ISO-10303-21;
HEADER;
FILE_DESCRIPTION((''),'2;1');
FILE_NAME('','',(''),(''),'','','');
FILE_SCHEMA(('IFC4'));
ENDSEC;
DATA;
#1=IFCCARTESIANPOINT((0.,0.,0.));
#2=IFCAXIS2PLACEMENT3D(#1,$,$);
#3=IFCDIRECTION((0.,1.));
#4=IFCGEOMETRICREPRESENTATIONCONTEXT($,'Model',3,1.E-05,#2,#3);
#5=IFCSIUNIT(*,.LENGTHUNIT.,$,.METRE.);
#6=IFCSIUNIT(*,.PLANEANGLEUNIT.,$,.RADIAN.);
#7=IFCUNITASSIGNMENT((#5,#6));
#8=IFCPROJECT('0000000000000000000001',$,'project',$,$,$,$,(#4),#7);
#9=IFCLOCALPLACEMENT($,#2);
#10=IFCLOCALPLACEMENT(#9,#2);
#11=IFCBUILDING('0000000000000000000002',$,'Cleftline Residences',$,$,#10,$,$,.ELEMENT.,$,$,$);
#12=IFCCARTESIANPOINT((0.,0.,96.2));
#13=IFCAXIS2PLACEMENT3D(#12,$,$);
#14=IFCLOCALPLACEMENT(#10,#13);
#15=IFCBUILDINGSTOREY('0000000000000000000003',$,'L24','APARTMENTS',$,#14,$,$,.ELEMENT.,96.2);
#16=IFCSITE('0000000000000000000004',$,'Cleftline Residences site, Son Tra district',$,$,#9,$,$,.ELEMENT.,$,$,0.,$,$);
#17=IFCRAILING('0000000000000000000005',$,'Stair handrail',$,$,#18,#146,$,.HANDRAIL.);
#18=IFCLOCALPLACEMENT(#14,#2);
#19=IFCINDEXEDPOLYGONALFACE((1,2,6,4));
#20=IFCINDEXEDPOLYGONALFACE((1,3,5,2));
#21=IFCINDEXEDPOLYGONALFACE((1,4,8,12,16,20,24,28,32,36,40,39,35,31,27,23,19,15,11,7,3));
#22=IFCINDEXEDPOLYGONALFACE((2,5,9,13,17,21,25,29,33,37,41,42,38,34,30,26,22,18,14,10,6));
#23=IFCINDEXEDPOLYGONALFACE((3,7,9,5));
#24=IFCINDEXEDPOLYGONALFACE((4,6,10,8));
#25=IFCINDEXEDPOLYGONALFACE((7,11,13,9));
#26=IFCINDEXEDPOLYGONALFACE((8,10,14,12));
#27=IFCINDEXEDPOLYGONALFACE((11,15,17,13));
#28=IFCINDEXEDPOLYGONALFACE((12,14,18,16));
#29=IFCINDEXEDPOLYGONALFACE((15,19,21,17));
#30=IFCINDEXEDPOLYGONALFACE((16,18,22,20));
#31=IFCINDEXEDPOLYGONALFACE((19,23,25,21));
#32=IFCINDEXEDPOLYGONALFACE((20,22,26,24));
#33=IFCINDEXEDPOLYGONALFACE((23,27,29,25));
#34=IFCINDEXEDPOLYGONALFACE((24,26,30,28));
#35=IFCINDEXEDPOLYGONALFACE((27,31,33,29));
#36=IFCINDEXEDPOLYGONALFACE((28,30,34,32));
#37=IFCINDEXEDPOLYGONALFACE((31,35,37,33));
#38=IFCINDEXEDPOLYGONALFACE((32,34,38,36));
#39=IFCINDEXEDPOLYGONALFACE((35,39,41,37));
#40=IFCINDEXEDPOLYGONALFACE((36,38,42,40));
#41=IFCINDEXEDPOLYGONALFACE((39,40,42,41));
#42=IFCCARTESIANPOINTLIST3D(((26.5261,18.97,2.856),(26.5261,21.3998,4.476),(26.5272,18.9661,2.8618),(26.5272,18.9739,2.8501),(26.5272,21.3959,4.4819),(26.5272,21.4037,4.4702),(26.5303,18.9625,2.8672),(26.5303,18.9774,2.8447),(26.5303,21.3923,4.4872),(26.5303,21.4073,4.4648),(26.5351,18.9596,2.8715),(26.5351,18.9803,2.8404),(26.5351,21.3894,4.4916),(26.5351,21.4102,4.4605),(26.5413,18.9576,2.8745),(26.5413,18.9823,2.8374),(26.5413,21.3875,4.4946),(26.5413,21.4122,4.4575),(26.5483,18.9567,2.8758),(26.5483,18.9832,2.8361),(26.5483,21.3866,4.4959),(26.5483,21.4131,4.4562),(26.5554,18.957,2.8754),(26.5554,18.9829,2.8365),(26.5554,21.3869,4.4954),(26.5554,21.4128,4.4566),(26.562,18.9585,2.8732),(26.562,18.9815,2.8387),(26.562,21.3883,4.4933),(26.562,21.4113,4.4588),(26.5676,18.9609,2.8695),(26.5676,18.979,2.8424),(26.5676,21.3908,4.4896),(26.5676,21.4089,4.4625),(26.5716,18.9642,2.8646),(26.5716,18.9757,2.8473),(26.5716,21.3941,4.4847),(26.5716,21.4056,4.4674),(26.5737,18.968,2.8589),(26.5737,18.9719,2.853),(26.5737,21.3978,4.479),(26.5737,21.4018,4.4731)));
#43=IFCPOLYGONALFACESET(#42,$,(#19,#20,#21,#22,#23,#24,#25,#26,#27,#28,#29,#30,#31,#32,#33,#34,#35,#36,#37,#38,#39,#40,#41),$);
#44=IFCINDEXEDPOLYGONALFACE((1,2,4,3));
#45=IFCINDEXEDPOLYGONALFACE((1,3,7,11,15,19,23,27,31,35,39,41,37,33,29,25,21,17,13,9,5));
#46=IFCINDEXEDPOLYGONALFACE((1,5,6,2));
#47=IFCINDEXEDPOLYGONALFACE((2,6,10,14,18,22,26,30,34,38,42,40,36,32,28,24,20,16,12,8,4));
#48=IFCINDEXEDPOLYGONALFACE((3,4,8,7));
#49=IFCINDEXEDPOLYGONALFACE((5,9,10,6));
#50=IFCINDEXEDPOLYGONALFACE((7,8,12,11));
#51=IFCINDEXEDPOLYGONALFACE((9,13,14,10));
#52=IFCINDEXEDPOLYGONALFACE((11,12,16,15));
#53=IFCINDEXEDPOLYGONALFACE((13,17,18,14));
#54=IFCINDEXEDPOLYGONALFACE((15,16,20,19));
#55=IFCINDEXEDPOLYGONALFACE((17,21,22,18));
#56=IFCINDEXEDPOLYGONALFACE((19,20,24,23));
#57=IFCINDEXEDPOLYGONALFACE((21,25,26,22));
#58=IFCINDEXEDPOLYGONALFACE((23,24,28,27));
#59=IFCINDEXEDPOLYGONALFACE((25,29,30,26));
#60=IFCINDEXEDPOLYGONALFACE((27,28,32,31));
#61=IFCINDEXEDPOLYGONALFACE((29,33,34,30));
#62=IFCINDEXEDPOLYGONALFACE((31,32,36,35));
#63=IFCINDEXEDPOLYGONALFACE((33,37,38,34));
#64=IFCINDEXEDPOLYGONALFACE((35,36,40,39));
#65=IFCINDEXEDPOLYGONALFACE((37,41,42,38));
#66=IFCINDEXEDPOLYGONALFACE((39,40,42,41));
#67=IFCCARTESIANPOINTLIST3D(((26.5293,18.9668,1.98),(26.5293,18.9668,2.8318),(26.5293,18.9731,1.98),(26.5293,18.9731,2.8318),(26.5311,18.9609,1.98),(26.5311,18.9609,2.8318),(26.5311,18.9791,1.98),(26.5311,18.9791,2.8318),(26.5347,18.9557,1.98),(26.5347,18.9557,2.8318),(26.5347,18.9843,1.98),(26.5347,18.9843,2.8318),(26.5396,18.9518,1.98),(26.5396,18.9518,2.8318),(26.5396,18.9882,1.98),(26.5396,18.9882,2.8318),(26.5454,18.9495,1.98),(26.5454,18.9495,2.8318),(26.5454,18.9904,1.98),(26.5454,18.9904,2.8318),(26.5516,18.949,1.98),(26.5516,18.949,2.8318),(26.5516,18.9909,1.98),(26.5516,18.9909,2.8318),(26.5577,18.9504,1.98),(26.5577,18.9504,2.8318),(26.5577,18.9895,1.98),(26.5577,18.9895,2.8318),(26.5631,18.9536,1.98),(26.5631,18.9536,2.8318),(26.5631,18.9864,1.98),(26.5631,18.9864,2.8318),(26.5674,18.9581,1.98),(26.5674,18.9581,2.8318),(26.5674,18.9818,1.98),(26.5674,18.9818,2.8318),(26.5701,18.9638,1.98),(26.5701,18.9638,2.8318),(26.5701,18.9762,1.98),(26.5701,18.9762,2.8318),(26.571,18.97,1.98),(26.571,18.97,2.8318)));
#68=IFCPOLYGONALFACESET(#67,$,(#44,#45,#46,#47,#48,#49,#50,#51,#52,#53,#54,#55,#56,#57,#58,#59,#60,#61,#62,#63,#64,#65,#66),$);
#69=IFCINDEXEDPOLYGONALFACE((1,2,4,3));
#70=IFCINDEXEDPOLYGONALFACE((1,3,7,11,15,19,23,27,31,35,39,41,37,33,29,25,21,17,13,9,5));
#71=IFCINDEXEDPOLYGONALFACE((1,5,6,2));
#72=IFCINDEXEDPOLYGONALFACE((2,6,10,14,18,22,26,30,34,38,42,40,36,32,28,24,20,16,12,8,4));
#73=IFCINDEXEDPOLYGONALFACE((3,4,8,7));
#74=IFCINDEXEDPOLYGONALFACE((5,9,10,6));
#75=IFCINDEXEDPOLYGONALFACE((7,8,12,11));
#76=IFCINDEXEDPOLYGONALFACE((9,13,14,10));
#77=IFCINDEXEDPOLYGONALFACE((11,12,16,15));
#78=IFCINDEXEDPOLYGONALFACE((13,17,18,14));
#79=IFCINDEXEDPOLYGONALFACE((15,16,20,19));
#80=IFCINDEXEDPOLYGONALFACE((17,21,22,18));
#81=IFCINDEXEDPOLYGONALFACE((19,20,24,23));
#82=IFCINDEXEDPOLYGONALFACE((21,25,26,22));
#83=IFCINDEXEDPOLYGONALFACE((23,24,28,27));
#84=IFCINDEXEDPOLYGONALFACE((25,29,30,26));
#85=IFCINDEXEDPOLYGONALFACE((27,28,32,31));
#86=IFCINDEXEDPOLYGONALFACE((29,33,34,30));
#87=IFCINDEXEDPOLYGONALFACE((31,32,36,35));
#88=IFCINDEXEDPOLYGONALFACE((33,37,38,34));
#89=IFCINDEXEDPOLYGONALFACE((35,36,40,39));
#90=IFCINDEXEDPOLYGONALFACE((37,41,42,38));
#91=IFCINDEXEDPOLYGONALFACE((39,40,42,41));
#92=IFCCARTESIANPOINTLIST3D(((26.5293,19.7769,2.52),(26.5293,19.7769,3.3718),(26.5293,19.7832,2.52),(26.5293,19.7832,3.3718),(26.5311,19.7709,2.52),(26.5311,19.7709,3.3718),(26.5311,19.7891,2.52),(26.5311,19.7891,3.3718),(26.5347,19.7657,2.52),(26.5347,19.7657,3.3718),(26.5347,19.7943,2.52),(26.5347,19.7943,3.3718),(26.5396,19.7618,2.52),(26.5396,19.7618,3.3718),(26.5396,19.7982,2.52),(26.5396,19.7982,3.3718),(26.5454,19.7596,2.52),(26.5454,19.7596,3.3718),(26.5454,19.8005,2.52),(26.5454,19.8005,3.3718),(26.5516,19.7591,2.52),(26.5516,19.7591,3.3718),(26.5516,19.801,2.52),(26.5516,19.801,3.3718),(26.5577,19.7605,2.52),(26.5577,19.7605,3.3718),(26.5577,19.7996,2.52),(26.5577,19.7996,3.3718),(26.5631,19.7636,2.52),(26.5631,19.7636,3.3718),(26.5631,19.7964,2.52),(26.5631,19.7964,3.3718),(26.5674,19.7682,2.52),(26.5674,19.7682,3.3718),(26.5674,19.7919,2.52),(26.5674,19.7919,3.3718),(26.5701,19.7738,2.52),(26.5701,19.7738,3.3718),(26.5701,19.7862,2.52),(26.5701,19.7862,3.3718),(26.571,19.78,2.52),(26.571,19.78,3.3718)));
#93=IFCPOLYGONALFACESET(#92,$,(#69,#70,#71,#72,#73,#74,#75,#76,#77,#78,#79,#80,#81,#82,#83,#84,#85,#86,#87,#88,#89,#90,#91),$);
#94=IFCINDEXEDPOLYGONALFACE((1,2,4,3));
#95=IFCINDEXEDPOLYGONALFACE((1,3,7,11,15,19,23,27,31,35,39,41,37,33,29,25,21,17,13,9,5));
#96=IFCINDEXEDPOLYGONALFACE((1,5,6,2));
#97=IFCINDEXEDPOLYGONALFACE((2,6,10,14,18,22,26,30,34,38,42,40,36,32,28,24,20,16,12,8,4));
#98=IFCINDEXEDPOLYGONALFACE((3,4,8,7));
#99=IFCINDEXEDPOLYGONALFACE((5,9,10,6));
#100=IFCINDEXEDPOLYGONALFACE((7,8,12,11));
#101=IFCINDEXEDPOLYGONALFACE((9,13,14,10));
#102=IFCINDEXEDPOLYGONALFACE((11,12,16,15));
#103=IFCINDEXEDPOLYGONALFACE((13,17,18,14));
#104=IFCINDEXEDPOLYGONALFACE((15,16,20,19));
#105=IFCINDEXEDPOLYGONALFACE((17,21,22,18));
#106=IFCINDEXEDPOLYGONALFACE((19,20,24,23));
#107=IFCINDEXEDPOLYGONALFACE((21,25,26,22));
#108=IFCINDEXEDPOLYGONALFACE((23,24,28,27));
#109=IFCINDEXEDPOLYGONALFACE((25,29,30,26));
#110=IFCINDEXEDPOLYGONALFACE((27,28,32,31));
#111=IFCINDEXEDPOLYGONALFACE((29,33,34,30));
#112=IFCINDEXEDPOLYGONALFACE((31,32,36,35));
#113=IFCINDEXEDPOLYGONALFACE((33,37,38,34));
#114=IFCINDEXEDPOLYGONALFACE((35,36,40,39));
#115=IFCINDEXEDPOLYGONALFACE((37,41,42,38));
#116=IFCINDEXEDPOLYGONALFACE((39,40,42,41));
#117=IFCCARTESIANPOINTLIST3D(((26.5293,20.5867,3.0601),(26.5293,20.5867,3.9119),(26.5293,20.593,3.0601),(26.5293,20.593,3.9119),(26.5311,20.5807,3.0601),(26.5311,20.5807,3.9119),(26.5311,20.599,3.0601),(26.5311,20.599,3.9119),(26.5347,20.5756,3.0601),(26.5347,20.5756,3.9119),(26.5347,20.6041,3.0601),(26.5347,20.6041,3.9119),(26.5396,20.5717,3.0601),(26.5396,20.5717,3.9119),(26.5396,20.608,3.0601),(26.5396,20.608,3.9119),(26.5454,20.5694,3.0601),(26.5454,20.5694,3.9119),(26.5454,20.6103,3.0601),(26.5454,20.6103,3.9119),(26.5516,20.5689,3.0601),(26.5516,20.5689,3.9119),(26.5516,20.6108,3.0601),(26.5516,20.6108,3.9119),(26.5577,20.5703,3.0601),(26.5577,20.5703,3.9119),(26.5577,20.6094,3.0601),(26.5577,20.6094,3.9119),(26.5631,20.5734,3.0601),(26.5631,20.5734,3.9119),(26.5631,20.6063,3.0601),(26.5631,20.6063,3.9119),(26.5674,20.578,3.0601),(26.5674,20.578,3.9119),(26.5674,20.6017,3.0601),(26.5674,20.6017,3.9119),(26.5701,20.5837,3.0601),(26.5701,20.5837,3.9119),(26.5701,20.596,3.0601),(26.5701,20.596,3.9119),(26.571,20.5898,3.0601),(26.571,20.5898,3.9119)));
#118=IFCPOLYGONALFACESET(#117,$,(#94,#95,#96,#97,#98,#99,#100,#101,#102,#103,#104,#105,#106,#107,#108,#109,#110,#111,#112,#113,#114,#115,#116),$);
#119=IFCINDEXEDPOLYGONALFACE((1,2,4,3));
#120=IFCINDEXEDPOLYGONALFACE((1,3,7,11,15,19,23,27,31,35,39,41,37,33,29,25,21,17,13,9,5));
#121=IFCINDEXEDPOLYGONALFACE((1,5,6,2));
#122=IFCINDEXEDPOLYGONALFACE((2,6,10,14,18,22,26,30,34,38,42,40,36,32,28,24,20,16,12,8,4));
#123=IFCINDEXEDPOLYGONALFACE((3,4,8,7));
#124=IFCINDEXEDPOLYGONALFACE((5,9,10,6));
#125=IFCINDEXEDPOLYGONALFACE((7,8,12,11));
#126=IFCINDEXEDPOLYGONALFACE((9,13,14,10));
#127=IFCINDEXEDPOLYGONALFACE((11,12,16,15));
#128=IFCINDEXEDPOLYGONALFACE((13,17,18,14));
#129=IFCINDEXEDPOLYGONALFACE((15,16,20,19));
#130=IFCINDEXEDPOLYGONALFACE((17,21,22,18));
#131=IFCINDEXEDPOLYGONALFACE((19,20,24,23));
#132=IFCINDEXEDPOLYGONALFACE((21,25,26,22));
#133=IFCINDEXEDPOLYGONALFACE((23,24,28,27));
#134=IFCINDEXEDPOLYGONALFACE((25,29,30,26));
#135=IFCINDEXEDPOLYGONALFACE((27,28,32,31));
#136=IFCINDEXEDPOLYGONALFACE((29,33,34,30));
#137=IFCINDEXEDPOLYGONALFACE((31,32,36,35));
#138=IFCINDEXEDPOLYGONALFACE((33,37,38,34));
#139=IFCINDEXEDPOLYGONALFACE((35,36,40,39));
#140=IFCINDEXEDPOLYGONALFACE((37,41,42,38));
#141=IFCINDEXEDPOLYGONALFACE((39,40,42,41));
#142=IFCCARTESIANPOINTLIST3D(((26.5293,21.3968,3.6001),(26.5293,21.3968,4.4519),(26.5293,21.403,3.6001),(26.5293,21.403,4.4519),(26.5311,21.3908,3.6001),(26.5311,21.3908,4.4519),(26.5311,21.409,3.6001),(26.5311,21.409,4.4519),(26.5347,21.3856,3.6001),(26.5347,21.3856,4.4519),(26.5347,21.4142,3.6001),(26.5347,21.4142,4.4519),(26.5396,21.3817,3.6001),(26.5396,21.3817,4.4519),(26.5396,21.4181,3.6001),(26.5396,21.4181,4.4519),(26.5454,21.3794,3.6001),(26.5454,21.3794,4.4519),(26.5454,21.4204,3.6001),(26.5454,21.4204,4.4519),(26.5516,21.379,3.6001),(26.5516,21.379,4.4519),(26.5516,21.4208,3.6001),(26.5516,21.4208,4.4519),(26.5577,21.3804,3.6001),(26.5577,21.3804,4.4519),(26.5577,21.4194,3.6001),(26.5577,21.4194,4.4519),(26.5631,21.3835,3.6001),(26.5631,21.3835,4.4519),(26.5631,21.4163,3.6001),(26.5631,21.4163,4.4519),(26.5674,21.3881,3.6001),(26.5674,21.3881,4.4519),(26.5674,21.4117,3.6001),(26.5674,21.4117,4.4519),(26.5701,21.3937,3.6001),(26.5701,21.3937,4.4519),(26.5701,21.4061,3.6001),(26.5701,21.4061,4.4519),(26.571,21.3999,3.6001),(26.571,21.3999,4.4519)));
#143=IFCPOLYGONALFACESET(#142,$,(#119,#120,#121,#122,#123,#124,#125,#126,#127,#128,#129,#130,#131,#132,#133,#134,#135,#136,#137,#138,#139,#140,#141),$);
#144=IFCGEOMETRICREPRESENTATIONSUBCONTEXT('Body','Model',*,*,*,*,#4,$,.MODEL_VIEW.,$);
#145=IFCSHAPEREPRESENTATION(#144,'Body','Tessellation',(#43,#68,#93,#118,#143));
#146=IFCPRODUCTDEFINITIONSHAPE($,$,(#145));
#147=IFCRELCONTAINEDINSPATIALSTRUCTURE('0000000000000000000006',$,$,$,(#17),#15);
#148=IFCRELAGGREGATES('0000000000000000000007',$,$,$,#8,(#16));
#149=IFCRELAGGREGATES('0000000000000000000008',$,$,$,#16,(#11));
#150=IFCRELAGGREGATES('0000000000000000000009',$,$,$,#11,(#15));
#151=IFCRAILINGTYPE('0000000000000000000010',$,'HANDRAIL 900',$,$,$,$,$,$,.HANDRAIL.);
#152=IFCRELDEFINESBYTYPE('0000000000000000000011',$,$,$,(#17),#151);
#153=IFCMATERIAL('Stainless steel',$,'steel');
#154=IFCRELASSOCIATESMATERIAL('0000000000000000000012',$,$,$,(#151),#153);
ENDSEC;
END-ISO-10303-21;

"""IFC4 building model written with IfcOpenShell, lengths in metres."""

from ifc_helpers import new_model, si_unit, direction, frame, origin, origin_2d, place, context, subcontext, project, spatial, circle, extrude, material, type_object, element, save


model = new_model("IFC4")

# Units and contexts
model_context = context("Model", 3, precision=1e-05, world=origin(), true_north=direction((0.0, 1.0)))
body_context = subcontext(model_context, "Body", "Model", "MODEL_VIEW")
ifc_project = project(units=[si_unit("LENGTHUNIT", "METRE"), si_unit("PLANEANGLEUNIT", "RADIAN")], contexts=[model_context])

# Site, building, storey
site_placement = place(None, origin())
site = spatial("IfcSite", under=ifc_project, at=site_placement, Name="Cleftline Residences site, Son Tra district", CompositionType="ELEMENT", RefElevation=0.0)
building_placement = place(site_placement, origin())
building = spatial("IfcBuilding", under=site, at=building_placement, Name="Cleftline Residences", CompositionType="ELEMENT")
storey_placement = place(building_placement, frame((0.0, 0.0, 96.2)))
storey = spatial("IfcBuildingStorey", under=building, at=storey_placement, Name="L24", Description="APARTMENTS", CompositionType="ELEMENT", Elevation=96.2)

# Railing
ifc_material_1 = material(Name="Stainless steel", Category="steel")
railing_type = type_object("IfcRailingType", Name="HANDRAIL 900", PredefinedType="HANDRAIL", material=ifc_material_1)
railing_1_placement = place(storey_placement, frame((26.55, 18.97, 1.98)))
element("IfcRailing", 1, at=railing_1_placement, inside=storey, type_object=railing_type, Name="Stair handrail", PredefinedType="HANDRAIL", context=body_context, shape_type="SweptSolid", body=[
    extrude(circle(Radius=0.0239, at=origin_2d()), frame((0.0, 0.0, 0.876), z_axis=(0.0, 0.832025, 0.554739), x_axis=(-1.0, 0.0, 0.0)), (0.0, 0.0, 1.0), 2.9204),
    extrude(circle(Radius=0.021, at=origin_2d()), origin(), (0.0, 0.0, 1.0), 0.8518),
    extrude(circle(Radius=0.021, at=origin_2d()), frame((0.0, 0.8101, 0.54)), (0.0, 0.0, 1.0), 0.8518),
    extrude(circle(Radius=0.021, at=origin_2d()), frame((0.0, 1.6199, 1.0801)), (0.0, 0.0, 1.0), 0.8518),
    extrude(circle(Radius=0.021, at=origin_2d()), frame((0.0, 2.4299, 1.6201)), (0.0, 0.0, 1.0), 0.8518),
])

save(model, "model.ifc")
